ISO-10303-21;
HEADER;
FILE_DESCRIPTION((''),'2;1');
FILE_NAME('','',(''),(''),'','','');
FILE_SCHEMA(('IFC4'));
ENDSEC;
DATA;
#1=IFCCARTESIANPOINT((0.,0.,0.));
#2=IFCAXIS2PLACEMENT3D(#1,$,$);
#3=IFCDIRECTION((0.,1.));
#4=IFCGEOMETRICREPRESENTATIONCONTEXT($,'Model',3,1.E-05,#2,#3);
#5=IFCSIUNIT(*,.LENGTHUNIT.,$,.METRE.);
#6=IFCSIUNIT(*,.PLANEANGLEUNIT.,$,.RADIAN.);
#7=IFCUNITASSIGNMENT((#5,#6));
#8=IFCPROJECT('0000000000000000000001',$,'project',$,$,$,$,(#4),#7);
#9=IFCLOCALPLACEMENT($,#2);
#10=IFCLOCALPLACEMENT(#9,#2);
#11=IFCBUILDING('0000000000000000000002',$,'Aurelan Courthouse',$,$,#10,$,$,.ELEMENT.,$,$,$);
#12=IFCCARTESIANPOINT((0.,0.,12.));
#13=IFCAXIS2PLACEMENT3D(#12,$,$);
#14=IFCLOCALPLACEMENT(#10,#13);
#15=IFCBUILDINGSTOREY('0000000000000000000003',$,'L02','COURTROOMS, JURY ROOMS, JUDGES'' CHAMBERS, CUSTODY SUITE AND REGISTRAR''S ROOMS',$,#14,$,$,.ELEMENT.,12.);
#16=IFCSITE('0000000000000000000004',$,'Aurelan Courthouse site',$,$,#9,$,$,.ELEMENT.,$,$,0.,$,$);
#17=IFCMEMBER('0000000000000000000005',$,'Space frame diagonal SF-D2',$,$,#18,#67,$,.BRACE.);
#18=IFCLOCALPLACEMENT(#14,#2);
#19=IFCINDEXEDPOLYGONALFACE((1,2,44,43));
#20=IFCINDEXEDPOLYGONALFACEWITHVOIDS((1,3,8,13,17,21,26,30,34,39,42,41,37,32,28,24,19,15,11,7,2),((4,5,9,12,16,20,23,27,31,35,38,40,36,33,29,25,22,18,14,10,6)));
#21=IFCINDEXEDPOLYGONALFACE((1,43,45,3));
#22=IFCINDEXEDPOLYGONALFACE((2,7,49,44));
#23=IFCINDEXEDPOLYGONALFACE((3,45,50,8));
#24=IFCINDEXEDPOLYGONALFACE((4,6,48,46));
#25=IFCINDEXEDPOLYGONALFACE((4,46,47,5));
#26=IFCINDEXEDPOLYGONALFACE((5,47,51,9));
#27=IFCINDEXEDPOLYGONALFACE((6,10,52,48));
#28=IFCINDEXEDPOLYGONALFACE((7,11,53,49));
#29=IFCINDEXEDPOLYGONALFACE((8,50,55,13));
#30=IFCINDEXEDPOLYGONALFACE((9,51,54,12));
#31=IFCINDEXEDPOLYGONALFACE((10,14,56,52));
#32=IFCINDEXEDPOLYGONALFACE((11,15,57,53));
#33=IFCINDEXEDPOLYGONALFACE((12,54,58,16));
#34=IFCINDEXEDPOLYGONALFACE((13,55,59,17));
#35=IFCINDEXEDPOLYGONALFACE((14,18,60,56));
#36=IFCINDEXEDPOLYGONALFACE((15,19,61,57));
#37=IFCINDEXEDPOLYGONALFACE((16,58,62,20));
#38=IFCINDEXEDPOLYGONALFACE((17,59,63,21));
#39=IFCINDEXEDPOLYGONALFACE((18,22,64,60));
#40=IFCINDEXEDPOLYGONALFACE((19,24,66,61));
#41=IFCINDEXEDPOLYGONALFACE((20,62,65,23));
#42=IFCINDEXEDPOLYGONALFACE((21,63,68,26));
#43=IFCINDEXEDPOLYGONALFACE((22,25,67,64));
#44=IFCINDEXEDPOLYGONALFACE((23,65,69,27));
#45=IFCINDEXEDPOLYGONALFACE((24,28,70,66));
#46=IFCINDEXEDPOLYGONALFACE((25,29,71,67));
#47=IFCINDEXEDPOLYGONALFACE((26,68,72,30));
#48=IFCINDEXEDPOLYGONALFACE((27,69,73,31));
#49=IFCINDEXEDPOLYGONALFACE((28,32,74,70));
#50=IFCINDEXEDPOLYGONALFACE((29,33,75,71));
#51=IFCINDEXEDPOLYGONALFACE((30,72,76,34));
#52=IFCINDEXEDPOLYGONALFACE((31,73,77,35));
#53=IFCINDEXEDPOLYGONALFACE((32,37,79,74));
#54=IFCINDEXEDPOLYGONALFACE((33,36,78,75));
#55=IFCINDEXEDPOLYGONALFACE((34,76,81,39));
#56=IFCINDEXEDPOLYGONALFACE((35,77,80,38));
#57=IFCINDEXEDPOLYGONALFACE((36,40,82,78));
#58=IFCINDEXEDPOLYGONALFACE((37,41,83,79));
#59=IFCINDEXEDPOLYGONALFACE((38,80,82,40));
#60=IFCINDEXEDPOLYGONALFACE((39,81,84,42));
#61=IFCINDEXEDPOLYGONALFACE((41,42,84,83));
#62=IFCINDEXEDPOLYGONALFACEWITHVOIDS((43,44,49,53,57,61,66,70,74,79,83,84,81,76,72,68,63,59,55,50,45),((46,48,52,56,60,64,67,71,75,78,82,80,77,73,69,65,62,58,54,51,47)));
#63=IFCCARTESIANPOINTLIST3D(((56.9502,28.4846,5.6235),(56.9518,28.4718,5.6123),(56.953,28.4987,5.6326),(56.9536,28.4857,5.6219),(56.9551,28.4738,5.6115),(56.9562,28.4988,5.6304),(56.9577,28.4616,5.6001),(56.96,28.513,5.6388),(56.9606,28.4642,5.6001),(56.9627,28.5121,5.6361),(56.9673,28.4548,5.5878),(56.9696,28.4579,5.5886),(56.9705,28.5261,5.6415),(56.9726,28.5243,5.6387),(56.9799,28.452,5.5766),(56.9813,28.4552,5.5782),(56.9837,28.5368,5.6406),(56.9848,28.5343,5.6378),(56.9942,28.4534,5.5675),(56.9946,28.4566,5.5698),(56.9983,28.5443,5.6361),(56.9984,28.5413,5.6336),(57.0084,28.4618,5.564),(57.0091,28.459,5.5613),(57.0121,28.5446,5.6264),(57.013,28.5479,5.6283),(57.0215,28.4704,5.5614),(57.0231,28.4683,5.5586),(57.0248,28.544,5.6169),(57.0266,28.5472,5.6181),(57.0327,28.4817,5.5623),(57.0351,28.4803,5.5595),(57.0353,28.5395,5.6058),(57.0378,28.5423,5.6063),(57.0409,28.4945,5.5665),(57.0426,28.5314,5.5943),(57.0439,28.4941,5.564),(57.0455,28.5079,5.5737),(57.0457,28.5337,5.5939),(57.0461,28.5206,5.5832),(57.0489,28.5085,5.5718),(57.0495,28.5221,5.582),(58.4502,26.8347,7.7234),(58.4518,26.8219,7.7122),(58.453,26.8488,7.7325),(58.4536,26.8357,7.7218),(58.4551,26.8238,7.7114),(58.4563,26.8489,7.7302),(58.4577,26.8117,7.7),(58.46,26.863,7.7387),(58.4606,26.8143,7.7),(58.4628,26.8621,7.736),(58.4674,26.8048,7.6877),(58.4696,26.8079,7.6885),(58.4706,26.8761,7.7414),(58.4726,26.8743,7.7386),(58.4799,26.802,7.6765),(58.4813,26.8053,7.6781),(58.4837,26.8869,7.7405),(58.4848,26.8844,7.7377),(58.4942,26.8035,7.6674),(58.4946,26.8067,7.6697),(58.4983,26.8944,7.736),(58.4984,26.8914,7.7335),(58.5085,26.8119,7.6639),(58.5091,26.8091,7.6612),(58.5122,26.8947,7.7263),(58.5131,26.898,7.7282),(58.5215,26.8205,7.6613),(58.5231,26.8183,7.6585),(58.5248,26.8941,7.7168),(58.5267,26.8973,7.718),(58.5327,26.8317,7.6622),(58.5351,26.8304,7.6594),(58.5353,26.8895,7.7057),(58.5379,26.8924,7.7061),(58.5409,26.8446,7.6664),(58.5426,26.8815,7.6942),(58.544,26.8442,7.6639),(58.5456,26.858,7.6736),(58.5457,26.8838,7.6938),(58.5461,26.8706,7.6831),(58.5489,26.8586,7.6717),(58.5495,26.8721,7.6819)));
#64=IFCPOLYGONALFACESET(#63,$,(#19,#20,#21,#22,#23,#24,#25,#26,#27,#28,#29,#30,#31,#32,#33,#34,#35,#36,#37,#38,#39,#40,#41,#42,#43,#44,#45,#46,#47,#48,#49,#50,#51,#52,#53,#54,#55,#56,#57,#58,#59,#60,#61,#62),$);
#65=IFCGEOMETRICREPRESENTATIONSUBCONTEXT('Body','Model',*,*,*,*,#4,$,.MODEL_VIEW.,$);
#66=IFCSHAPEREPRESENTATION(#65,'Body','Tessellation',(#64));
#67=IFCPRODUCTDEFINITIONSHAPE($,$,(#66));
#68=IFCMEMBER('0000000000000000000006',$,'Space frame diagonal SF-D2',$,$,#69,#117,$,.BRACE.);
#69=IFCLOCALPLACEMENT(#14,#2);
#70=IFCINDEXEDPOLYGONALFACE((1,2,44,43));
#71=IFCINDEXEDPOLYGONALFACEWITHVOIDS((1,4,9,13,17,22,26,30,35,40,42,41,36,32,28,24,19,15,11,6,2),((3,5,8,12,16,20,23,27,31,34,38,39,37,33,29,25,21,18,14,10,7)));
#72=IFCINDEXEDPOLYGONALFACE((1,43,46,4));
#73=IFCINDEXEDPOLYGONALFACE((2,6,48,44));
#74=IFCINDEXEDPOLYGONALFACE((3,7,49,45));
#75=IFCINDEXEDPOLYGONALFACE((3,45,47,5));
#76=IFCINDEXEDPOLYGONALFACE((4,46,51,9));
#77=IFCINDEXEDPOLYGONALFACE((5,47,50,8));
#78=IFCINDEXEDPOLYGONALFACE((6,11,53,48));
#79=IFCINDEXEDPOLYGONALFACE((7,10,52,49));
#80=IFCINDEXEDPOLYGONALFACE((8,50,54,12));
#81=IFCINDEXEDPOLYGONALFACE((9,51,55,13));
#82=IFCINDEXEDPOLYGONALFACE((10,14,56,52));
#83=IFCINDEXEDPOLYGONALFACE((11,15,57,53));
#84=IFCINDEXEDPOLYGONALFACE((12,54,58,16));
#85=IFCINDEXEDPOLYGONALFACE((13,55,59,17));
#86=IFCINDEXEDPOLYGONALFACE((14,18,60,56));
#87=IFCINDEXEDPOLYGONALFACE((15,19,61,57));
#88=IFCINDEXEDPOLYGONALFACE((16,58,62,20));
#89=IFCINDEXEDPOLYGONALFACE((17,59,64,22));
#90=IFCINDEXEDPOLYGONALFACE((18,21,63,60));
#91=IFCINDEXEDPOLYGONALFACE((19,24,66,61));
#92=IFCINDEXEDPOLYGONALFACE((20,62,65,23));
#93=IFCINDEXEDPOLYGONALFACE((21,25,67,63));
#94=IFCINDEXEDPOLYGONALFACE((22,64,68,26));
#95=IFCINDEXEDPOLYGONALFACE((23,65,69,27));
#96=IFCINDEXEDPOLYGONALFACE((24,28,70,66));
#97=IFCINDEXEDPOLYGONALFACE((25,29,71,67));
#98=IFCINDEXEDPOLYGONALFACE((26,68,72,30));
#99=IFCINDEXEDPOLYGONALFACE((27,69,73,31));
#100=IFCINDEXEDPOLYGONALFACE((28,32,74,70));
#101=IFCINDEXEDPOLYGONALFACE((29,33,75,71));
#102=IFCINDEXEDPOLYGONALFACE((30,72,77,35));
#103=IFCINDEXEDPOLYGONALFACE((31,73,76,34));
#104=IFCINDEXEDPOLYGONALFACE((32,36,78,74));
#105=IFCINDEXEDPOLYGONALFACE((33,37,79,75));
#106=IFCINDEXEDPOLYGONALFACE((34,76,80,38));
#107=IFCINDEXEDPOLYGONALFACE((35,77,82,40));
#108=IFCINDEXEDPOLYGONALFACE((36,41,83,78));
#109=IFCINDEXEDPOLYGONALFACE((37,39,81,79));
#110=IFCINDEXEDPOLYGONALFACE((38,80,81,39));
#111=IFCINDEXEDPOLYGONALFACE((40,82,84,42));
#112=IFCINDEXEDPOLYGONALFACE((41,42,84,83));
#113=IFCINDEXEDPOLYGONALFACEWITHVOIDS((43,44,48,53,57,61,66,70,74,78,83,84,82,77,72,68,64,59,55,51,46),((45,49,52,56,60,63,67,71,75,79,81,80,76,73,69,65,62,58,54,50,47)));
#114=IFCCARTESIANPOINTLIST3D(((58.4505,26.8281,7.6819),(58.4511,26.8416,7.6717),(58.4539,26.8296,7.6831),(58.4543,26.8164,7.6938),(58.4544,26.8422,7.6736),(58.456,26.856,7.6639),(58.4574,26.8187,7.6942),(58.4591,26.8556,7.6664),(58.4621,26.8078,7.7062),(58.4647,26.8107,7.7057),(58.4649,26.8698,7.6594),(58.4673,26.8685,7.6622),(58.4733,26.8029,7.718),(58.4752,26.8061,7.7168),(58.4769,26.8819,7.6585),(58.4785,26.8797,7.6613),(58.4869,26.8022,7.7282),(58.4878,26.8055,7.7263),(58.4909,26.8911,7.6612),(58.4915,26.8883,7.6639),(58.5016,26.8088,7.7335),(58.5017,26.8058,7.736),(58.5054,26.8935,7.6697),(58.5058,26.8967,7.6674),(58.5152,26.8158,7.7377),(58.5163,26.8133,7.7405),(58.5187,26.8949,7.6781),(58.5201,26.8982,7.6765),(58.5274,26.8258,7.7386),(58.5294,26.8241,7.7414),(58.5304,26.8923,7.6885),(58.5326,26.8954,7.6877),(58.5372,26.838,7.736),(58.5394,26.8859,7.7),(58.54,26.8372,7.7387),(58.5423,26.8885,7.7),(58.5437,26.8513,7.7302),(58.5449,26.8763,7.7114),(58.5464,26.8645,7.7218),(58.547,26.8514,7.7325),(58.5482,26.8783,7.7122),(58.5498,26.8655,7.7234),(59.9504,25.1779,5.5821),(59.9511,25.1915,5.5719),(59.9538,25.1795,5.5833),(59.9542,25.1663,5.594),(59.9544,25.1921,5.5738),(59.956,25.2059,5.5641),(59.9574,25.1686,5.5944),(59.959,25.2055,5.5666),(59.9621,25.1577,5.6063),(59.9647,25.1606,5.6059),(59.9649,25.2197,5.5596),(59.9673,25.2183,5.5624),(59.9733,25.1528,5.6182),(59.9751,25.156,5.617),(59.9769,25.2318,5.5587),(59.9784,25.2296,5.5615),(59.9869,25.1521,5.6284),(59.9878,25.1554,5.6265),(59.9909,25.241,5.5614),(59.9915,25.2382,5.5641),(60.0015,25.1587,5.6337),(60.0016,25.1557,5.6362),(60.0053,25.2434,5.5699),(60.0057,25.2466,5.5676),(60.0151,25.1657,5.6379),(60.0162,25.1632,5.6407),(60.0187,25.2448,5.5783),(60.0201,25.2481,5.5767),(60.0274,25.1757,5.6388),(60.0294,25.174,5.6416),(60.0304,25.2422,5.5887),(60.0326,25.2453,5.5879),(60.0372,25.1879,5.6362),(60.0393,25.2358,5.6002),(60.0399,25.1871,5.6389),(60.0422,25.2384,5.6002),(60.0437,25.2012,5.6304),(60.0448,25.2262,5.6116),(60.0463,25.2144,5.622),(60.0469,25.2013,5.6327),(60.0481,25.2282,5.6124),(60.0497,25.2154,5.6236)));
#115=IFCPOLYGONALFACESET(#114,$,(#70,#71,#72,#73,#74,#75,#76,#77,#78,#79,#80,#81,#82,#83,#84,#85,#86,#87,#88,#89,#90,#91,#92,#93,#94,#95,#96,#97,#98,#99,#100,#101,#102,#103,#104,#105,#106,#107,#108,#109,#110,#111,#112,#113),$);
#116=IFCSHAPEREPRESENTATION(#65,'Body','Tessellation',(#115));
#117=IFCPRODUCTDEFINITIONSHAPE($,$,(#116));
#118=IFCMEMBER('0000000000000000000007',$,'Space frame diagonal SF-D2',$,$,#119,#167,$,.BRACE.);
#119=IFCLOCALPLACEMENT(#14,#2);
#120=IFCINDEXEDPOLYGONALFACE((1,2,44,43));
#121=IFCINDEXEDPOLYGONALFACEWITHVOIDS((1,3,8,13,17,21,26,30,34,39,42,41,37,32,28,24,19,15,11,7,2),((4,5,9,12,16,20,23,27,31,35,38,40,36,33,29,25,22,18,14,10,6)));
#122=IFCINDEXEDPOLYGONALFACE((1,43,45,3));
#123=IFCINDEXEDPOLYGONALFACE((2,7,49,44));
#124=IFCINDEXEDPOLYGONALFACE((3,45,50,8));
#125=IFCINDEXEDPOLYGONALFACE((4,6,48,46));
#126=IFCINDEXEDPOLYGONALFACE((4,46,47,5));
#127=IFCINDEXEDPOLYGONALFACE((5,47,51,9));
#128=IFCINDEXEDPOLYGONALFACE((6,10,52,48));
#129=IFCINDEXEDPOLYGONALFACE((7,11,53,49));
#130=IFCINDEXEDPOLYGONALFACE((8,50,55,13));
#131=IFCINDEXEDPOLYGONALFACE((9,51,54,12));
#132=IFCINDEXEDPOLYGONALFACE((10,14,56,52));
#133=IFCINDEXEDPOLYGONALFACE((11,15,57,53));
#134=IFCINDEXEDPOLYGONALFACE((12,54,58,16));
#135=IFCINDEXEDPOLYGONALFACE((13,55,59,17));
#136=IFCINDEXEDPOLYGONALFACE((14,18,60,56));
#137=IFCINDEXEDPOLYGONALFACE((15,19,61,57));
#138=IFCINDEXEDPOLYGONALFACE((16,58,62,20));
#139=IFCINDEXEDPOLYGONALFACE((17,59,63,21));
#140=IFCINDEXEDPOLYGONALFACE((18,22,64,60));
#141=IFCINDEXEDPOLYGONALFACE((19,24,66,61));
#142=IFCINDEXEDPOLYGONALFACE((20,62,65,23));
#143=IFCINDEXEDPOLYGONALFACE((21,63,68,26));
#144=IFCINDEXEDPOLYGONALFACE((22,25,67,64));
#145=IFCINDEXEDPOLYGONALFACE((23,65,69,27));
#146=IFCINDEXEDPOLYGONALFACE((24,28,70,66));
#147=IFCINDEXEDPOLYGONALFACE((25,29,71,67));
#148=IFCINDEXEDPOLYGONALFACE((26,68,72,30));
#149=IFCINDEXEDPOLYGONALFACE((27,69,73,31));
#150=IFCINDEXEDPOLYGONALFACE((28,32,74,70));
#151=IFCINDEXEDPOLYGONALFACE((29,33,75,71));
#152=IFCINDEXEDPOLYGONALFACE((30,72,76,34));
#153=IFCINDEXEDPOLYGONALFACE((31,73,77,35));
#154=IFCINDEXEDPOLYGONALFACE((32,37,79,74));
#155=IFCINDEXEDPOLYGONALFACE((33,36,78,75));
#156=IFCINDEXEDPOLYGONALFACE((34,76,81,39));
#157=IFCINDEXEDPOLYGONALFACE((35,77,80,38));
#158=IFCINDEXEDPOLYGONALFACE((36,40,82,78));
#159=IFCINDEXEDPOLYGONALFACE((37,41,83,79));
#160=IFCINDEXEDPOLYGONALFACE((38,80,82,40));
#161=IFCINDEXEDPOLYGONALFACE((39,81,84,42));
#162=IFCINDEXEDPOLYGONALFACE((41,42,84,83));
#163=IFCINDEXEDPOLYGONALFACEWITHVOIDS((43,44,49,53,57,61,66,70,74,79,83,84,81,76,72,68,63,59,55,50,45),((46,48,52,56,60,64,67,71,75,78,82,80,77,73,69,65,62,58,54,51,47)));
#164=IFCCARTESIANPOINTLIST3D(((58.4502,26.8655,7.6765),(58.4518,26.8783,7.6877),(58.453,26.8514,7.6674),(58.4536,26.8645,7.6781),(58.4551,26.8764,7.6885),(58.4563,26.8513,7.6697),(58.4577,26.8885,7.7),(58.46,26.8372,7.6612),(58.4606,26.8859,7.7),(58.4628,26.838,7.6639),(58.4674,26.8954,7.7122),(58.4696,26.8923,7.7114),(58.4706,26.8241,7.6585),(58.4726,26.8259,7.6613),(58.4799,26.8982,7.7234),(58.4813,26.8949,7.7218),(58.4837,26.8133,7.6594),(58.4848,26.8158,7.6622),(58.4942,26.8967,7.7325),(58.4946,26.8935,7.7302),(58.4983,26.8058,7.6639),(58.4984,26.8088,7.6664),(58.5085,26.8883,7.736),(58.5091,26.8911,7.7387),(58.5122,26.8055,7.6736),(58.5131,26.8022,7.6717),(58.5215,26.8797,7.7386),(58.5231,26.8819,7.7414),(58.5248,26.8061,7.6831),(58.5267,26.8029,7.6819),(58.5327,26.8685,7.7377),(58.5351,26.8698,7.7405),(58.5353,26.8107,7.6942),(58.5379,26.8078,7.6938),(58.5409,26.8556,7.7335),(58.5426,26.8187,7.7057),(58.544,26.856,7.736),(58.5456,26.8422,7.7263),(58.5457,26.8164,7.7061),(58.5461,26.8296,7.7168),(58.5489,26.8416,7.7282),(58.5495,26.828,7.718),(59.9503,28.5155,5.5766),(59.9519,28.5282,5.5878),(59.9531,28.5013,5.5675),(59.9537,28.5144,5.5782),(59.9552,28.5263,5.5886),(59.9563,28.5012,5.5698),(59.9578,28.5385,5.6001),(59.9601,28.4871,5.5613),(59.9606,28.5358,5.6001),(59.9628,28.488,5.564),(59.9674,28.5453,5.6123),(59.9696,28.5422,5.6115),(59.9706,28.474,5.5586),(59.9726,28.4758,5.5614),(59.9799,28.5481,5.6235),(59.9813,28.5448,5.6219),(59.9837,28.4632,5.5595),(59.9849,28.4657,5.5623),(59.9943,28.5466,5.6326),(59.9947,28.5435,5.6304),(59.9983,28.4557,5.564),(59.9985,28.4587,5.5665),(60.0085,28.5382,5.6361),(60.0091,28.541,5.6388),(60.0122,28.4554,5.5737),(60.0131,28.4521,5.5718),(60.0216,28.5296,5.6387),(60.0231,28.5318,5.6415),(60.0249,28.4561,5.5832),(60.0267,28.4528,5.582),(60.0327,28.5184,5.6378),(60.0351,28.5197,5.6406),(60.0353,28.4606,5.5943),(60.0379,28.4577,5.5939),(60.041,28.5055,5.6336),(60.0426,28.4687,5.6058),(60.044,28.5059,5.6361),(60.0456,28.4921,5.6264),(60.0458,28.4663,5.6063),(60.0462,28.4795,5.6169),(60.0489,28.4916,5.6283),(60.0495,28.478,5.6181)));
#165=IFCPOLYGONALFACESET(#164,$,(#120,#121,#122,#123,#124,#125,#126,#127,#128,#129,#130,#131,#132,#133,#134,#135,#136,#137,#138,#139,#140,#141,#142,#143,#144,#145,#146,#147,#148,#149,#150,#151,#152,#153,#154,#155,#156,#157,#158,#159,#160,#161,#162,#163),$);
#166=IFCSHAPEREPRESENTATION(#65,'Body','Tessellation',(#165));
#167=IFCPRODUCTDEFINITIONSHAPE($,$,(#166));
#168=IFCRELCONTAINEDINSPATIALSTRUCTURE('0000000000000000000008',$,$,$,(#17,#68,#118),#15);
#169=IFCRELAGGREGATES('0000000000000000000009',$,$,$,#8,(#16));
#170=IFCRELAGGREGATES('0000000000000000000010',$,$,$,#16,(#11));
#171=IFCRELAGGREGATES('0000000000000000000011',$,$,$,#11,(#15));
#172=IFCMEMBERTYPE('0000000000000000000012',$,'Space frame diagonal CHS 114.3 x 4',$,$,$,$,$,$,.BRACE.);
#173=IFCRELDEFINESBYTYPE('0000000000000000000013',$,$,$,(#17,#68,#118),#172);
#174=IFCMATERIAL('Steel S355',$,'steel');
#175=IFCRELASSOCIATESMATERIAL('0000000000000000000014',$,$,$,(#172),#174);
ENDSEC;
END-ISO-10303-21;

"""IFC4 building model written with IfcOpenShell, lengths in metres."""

from ifc_helpers import new_model, si_unit, direction, frame, origin, origin_2d, place, context, subcontext, project, spatial, hollow_circle, extrude, material, material_profile, profile_set, type_object, element, save


model = new_model("IFC4")

# Units and contexts
model_context = context("Model", 3, precision=1e-05, world=origin(), true_north=direction((0.0, 1.0)))
body_context = subcontext(model_context, "Body", "Model", "MODEL_VIEW")
ifc_project = project(units=[si_unit("LENGTHUNIT", "METRE"), si_unit("PLANEANGLEUNIT", "RADIAN")], contexts=[model_context])

# Site, building, storey
site_placement = place(None, origin())
site = spatial("IfcSite", under=ifc_project, at=site_placement, Name="Aurelan Courthouse site", CompositionType="ELEMENT", RefElevation=0.0)
building_placement = place(site_placement, origin())
building = spatial("IfcBuilding", under=site, at=building_placement, Name="Aurelan Courthouse", CompositionType="ELEMENT")
storey_placement = place(building_placement, frame((0.0, 0.0, 12.0)))
storey = spatial("IfcBuildingStorey", under=building, at=storey_placement, Name="L02", Description="COURTROOMS, JURY ROOMS, JUDGES' CHAMBERS, CUSTODY SUITE AND REGISTRAR'S ROOMS", CompositionType="ELEMENT", Elevation=12.0)

# Members
ifc_material_1 = material(Name="Steel S355", Category="steel")
ifc_material_profile_1 = material_profile(ifc_material_1, hollow_circle(Radius=0.0571, WallThickness=0.0039, at=origin_2d()), Name="CHS 114.3 x 4")
ifc_profile_set_1 = profile_set([ifc_material_profile_1], Name="Steel S355")
member_type_1 = type_object("IfcMemberType", Name="Space frame diagonal CHS 114.3 x 4", PredefinedType="BRACE", material=ifc_profile_set_1)
for number, where, z_axis, x_axis, name in (
    (1, (58.5, 26.8501, 7.7), (-0.489727, 0.538667, -0.685569), (-0.73992, -0.672695, 0.0), "Space frame diagonal SF-D2"),
    (2, (58.5, 26.8501, 7.7), (0.489706, -0.538724, -0.68554), (0.73997, 0.67264, 0.0), "Space frame diagonal SF-D2"),
    (3, (58.5, 26.8501, 7.7), (0.489727, 0.538667, -0.685569), (-0.73992, 0.672695, 0.0), "Space frame diagonal SF-D2"),
):
    element("IfcMember", number, at=place(storey_placement, frame(where, z_axis=z_axis, x_axis=x_axis)), inside=storey, type_object=member_type_1, Name=name, PredefinedType="BRACE", context=body_context, shape_type="SweptSolid", body=[
        extrude(hollow_circle(Radius=0.0571, WallThickness=0.0039, at=origin_2d()), origin(), (0.0, 0.0, 1.0), 3.063),
    ])

save(model, "model.ifc")
